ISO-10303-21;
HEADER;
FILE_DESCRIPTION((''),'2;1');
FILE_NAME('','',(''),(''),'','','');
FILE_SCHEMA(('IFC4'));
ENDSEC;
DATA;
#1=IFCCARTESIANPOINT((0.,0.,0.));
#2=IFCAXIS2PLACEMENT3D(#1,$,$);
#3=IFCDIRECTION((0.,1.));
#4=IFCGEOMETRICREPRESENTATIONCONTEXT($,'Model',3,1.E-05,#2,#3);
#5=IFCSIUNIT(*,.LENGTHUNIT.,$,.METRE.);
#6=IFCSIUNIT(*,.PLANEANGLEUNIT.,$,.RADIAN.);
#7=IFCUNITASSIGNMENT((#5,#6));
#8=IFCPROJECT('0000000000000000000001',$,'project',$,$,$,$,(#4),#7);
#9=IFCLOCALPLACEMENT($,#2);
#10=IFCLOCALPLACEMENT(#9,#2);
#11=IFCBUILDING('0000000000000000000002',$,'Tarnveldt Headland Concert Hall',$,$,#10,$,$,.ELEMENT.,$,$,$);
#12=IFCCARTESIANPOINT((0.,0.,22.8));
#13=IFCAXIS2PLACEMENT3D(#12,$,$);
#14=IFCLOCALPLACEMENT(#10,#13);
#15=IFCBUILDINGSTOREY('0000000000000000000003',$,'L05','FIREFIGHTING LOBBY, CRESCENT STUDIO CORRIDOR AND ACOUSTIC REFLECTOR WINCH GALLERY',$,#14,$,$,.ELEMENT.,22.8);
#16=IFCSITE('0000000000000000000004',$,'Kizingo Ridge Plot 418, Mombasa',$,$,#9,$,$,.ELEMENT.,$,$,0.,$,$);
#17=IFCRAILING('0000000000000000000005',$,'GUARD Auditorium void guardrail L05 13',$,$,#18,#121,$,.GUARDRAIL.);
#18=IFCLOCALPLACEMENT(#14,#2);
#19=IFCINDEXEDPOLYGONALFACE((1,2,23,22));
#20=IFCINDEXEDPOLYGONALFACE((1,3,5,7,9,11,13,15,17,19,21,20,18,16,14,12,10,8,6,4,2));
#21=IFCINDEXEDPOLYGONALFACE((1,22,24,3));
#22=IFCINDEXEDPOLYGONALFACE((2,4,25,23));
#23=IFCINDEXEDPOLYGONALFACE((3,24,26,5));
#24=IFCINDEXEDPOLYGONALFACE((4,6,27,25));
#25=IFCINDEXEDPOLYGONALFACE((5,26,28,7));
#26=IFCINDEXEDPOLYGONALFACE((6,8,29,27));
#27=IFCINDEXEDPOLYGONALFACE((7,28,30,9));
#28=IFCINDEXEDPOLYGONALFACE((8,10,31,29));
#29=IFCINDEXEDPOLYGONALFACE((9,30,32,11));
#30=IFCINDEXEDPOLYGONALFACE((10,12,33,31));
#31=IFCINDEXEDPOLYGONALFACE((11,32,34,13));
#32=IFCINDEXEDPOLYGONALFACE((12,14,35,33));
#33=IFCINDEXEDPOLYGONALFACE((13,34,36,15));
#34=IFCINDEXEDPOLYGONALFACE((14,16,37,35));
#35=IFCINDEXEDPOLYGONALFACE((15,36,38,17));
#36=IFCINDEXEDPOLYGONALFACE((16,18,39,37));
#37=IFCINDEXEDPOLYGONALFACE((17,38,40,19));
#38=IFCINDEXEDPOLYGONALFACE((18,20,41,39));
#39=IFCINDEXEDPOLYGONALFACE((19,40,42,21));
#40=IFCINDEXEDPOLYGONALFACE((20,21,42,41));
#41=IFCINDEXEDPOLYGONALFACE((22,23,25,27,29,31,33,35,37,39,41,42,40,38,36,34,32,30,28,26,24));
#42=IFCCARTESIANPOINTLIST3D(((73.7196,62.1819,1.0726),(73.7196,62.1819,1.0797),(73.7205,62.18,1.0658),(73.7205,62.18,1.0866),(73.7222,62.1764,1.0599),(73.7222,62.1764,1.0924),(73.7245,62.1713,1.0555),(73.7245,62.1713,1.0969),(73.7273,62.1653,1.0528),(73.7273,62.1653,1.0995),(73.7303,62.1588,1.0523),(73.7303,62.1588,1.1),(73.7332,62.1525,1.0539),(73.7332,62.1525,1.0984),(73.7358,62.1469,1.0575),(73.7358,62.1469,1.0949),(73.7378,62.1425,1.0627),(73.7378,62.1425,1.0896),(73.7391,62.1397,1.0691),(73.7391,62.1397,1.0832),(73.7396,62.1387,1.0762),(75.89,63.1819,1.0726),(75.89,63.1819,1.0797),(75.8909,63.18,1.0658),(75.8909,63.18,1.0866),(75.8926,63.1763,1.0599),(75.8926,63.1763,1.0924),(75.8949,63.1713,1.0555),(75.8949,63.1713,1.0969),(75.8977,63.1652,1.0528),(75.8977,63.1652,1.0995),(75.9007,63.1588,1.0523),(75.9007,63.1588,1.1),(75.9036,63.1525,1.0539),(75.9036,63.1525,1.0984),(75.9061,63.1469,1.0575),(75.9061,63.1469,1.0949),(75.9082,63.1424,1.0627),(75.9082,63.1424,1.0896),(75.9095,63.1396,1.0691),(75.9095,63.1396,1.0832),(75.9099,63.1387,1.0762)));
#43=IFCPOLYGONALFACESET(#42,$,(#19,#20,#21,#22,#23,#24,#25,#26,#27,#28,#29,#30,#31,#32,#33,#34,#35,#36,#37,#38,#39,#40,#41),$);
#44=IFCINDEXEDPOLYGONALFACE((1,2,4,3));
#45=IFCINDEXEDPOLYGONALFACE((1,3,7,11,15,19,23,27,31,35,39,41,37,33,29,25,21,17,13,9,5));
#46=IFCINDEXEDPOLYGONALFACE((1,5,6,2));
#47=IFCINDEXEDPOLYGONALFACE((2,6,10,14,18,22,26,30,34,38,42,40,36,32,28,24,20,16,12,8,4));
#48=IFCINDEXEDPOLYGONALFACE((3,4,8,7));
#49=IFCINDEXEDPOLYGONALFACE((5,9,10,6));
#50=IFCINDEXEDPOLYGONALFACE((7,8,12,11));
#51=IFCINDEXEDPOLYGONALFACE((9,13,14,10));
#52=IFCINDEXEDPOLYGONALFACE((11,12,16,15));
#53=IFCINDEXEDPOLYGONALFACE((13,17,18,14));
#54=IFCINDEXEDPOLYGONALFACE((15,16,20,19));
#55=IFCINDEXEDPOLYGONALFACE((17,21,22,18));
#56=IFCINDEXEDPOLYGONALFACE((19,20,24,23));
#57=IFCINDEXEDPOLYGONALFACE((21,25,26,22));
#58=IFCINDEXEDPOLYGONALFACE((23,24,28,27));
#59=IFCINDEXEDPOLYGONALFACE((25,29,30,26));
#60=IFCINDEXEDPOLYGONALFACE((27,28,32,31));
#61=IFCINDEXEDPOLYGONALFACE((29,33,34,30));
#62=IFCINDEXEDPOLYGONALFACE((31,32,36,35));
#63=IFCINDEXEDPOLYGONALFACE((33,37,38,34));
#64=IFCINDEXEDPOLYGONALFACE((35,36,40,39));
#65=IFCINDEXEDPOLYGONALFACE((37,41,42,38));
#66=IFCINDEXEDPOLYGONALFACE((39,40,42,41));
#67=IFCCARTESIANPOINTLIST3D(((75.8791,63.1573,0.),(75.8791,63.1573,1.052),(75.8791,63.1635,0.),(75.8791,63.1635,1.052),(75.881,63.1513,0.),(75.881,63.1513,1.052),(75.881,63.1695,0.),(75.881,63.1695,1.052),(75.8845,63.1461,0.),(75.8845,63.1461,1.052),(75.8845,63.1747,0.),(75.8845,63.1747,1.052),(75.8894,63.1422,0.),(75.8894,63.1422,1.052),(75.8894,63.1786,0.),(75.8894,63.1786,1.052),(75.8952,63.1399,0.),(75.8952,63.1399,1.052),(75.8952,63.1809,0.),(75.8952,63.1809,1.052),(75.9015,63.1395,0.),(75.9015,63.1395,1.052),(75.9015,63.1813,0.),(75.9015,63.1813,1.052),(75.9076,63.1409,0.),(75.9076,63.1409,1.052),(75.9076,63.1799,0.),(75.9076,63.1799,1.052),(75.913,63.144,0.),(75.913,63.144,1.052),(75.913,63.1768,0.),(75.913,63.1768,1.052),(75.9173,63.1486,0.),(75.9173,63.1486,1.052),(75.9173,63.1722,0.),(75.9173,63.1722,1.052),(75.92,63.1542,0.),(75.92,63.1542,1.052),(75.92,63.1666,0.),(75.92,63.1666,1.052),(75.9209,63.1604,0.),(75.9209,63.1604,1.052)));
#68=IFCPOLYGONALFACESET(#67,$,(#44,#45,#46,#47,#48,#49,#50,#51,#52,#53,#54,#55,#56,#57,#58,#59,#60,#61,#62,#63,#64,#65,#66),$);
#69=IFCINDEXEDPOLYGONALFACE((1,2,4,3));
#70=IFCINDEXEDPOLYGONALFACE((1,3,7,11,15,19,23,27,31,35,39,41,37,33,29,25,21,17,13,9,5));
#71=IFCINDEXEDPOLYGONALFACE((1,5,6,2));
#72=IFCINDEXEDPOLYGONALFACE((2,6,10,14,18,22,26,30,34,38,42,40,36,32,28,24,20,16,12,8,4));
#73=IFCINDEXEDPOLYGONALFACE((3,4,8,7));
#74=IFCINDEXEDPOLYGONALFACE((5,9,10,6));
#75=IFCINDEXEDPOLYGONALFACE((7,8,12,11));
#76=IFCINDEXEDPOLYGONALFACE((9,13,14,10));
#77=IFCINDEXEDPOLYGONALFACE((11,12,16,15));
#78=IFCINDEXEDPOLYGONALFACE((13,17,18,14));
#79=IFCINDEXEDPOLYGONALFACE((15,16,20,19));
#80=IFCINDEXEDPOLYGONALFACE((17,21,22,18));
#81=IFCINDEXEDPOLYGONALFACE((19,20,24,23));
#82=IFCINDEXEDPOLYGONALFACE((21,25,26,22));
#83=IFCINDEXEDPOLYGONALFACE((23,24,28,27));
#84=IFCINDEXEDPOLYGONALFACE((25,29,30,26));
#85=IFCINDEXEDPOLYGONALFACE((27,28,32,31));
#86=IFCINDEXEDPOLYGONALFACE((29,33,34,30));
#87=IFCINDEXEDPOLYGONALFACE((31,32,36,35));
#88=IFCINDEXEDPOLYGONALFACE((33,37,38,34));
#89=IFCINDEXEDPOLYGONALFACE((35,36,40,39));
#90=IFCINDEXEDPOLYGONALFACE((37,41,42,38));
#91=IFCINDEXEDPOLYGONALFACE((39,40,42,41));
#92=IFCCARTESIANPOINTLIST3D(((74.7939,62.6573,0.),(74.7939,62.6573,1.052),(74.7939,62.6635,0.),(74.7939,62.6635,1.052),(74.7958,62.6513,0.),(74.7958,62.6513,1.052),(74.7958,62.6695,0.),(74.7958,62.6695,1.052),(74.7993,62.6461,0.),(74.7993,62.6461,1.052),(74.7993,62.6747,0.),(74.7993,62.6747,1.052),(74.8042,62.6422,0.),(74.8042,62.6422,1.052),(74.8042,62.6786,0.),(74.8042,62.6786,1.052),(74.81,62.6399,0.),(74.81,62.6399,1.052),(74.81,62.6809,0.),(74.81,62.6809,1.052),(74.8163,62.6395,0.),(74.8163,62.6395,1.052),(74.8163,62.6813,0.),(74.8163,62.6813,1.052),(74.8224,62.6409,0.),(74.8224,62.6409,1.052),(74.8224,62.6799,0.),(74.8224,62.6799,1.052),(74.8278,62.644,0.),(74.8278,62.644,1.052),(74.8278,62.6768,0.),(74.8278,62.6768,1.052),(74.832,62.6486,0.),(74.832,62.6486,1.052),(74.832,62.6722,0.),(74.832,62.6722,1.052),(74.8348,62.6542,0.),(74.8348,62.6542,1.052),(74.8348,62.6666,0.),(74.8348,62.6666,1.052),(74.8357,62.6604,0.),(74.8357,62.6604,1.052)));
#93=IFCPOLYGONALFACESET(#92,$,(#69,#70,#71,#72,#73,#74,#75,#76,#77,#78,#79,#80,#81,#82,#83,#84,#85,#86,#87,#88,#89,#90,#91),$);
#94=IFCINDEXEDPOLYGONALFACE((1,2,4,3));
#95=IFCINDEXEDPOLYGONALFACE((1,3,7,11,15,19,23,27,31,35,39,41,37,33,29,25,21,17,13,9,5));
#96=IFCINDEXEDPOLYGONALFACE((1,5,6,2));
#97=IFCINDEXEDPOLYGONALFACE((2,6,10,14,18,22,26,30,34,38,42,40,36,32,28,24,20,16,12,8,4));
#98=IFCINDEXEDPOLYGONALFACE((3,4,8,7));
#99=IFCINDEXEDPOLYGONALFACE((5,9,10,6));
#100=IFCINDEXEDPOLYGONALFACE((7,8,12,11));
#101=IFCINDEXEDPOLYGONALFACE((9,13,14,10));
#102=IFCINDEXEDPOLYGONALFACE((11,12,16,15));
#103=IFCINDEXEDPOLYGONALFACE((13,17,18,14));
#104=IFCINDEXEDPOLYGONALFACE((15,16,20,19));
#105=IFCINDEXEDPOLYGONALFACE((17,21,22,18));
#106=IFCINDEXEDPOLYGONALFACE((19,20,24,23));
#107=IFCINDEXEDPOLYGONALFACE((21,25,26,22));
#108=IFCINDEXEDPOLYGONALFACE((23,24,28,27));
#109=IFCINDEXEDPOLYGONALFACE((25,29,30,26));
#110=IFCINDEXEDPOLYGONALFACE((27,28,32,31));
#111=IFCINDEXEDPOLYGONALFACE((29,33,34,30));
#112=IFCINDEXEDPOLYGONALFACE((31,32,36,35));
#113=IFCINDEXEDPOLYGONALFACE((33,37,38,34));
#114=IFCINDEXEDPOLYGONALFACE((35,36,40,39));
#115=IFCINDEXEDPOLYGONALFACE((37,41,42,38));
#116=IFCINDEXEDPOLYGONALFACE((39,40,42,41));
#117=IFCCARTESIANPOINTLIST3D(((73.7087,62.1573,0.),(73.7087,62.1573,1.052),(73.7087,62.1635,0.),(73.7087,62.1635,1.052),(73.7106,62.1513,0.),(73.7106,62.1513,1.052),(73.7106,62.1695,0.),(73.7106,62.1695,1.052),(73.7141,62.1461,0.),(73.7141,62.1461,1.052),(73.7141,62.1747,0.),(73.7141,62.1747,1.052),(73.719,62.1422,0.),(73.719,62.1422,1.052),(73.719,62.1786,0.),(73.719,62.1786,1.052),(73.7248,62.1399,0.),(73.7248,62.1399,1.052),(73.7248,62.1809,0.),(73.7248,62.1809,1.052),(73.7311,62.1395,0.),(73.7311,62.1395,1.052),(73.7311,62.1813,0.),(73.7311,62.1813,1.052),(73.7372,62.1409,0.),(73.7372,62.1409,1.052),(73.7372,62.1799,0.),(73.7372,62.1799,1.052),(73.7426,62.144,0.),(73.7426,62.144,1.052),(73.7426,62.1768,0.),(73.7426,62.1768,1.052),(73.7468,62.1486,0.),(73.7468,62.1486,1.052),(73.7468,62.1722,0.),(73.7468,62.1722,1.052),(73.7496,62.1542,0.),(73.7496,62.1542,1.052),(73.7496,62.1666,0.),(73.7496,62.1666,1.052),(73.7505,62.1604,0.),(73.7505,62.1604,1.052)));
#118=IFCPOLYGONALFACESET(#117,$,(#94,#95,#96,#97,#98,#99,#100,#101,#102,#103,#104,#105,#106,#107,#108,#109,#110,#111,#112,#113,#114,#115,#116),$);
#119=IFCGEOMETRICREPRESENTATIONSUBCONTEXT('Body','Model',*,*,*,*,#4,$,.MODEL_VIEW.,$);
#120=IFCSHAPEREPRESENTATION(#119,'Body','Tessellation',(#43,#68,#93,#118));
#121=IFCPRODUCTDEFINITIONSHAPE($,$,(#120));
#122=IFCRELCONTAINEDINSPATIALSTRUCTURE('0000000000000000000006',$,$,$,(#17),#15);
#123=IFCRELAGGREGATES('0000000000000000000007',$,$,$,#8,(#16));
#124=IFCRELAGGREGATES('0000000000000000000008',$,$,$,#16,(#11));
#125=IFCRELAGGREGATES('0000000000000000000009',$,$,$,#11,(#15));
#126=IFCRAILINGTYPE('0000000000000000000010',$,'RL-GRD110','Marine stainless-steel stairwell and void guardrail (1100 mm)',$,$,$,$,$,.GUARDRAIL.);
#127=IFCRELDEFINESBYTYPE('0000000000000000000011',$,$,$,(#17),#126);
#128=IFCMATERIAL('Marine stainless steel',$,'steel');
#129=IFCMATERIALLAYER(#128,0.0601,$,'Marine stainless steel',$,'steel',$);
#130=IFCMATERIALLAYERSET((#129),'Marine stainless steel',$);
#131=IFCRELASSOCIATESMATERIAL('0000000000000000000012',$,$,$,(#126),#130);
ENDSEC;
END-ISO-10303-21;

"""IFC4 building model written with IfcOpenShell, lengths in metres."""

from ifc_helpers import new_model, si_unit, direction, frame, origin, origin_2d, place, context, subcontext, project, spatial, circle, extrude, material, layer, layer_set, type_object, element, save


model = new_model("IFC4")

# Units and contexts
model_context = context("Model", 3, precision=1e-05, world=origin(), true_north=direction((0.0, 1.0)))
body_context = subcontext(model_context, "Body", "Model", "MODEL_VIEW")
ifc_project = project(units=[si_unit("LENGTHUNIT", "METRE"), si_unit("PLANEANGLEUNIT", "RADIAN")], contexts=[model_context])

# Site, building, storey
site_placement = place(None, origin())
site = spatial("IfcSite", under=ifc_project, at=site_placement, Name="Kizingo Ridge Plot 418, Mombasa", CompositionType="ELEMENT", RefElevation=0.0)
building_placement = place(site_placement, origin())
building = spatial("IfcBuilding", under=site, at=building_placement, Name="Tarnveldt Headland Concert Hall", CompositionType="ELEMENT")
storey_placement = place(building_placement, frame((0.0, 0.0, 22.8)))
storey = spatial("IfcBuildingStorey", under=building, at=storey_placement, Name="L05", Description="FIREFIGHTING LOBBY, CRESCENT STUDIO CORRIDOR AND ACOUSTIC REFLECTOR WINCH GALLERY", CompositionType="ELEMENT", Elevation=22.8)

# Railing
ifc_material_1 = material(Name="Marine stainless steel", Category="steel")
ifc_layer_1 = layer(ifc_material_1, 0.0601, Name="Marine stainless steel", Category="steel")
ifc_layer_set_1 = layer_set([ifc_layer_1], Name="Marine stainless steel")
railing_type = type_object("IfcRailingType", Name="RL-GRD110", Description="Marine stainless-steel stairwell and void guardrail (1100 mm)", PredefinedType="GUARDRAIL", material=ifc_layer_set_1)
railing_1_placement = place(storey_placement, frame((75.8999, 63.1604, 0.0)))
element("IfcRailing", 1, at=railing_1_placement, inside=storey, type_object=railing_type, Name="GUARD Auditorium void guardrail L05 13", PredefinedType="GUARDRAIL", context=body_context, shape_type="SweptSolid", body=[
    extrude(circle(Radius=0.0239, at=origin_2d()), frame((0.0, 0.0, 1.0762), z_axis=(-0.908234, -0.418462, 0.0), x_axis=(0.418462, -0.908234, 0.0)), (0.0, 0.0, 1.0), 2.3896),
    extrude(circle(Radius=0.021, at=origin_2d()), origin(), (0.0, 0.0, 1.0), 1.052),
    extrude(circle(Radius=0.021, at=origin_2d()), frame((-1.0852, -0.5, 0.0)), (0.0, 0.0, 1.0), 1.052),
    extrude(circle(Radius=0.021, at=origin_2d()), frame((-2.1704, -1.0, 0.0)), (0.0, 0.0, 1.0), 1.052),
])

save(model, "model.ifc")
